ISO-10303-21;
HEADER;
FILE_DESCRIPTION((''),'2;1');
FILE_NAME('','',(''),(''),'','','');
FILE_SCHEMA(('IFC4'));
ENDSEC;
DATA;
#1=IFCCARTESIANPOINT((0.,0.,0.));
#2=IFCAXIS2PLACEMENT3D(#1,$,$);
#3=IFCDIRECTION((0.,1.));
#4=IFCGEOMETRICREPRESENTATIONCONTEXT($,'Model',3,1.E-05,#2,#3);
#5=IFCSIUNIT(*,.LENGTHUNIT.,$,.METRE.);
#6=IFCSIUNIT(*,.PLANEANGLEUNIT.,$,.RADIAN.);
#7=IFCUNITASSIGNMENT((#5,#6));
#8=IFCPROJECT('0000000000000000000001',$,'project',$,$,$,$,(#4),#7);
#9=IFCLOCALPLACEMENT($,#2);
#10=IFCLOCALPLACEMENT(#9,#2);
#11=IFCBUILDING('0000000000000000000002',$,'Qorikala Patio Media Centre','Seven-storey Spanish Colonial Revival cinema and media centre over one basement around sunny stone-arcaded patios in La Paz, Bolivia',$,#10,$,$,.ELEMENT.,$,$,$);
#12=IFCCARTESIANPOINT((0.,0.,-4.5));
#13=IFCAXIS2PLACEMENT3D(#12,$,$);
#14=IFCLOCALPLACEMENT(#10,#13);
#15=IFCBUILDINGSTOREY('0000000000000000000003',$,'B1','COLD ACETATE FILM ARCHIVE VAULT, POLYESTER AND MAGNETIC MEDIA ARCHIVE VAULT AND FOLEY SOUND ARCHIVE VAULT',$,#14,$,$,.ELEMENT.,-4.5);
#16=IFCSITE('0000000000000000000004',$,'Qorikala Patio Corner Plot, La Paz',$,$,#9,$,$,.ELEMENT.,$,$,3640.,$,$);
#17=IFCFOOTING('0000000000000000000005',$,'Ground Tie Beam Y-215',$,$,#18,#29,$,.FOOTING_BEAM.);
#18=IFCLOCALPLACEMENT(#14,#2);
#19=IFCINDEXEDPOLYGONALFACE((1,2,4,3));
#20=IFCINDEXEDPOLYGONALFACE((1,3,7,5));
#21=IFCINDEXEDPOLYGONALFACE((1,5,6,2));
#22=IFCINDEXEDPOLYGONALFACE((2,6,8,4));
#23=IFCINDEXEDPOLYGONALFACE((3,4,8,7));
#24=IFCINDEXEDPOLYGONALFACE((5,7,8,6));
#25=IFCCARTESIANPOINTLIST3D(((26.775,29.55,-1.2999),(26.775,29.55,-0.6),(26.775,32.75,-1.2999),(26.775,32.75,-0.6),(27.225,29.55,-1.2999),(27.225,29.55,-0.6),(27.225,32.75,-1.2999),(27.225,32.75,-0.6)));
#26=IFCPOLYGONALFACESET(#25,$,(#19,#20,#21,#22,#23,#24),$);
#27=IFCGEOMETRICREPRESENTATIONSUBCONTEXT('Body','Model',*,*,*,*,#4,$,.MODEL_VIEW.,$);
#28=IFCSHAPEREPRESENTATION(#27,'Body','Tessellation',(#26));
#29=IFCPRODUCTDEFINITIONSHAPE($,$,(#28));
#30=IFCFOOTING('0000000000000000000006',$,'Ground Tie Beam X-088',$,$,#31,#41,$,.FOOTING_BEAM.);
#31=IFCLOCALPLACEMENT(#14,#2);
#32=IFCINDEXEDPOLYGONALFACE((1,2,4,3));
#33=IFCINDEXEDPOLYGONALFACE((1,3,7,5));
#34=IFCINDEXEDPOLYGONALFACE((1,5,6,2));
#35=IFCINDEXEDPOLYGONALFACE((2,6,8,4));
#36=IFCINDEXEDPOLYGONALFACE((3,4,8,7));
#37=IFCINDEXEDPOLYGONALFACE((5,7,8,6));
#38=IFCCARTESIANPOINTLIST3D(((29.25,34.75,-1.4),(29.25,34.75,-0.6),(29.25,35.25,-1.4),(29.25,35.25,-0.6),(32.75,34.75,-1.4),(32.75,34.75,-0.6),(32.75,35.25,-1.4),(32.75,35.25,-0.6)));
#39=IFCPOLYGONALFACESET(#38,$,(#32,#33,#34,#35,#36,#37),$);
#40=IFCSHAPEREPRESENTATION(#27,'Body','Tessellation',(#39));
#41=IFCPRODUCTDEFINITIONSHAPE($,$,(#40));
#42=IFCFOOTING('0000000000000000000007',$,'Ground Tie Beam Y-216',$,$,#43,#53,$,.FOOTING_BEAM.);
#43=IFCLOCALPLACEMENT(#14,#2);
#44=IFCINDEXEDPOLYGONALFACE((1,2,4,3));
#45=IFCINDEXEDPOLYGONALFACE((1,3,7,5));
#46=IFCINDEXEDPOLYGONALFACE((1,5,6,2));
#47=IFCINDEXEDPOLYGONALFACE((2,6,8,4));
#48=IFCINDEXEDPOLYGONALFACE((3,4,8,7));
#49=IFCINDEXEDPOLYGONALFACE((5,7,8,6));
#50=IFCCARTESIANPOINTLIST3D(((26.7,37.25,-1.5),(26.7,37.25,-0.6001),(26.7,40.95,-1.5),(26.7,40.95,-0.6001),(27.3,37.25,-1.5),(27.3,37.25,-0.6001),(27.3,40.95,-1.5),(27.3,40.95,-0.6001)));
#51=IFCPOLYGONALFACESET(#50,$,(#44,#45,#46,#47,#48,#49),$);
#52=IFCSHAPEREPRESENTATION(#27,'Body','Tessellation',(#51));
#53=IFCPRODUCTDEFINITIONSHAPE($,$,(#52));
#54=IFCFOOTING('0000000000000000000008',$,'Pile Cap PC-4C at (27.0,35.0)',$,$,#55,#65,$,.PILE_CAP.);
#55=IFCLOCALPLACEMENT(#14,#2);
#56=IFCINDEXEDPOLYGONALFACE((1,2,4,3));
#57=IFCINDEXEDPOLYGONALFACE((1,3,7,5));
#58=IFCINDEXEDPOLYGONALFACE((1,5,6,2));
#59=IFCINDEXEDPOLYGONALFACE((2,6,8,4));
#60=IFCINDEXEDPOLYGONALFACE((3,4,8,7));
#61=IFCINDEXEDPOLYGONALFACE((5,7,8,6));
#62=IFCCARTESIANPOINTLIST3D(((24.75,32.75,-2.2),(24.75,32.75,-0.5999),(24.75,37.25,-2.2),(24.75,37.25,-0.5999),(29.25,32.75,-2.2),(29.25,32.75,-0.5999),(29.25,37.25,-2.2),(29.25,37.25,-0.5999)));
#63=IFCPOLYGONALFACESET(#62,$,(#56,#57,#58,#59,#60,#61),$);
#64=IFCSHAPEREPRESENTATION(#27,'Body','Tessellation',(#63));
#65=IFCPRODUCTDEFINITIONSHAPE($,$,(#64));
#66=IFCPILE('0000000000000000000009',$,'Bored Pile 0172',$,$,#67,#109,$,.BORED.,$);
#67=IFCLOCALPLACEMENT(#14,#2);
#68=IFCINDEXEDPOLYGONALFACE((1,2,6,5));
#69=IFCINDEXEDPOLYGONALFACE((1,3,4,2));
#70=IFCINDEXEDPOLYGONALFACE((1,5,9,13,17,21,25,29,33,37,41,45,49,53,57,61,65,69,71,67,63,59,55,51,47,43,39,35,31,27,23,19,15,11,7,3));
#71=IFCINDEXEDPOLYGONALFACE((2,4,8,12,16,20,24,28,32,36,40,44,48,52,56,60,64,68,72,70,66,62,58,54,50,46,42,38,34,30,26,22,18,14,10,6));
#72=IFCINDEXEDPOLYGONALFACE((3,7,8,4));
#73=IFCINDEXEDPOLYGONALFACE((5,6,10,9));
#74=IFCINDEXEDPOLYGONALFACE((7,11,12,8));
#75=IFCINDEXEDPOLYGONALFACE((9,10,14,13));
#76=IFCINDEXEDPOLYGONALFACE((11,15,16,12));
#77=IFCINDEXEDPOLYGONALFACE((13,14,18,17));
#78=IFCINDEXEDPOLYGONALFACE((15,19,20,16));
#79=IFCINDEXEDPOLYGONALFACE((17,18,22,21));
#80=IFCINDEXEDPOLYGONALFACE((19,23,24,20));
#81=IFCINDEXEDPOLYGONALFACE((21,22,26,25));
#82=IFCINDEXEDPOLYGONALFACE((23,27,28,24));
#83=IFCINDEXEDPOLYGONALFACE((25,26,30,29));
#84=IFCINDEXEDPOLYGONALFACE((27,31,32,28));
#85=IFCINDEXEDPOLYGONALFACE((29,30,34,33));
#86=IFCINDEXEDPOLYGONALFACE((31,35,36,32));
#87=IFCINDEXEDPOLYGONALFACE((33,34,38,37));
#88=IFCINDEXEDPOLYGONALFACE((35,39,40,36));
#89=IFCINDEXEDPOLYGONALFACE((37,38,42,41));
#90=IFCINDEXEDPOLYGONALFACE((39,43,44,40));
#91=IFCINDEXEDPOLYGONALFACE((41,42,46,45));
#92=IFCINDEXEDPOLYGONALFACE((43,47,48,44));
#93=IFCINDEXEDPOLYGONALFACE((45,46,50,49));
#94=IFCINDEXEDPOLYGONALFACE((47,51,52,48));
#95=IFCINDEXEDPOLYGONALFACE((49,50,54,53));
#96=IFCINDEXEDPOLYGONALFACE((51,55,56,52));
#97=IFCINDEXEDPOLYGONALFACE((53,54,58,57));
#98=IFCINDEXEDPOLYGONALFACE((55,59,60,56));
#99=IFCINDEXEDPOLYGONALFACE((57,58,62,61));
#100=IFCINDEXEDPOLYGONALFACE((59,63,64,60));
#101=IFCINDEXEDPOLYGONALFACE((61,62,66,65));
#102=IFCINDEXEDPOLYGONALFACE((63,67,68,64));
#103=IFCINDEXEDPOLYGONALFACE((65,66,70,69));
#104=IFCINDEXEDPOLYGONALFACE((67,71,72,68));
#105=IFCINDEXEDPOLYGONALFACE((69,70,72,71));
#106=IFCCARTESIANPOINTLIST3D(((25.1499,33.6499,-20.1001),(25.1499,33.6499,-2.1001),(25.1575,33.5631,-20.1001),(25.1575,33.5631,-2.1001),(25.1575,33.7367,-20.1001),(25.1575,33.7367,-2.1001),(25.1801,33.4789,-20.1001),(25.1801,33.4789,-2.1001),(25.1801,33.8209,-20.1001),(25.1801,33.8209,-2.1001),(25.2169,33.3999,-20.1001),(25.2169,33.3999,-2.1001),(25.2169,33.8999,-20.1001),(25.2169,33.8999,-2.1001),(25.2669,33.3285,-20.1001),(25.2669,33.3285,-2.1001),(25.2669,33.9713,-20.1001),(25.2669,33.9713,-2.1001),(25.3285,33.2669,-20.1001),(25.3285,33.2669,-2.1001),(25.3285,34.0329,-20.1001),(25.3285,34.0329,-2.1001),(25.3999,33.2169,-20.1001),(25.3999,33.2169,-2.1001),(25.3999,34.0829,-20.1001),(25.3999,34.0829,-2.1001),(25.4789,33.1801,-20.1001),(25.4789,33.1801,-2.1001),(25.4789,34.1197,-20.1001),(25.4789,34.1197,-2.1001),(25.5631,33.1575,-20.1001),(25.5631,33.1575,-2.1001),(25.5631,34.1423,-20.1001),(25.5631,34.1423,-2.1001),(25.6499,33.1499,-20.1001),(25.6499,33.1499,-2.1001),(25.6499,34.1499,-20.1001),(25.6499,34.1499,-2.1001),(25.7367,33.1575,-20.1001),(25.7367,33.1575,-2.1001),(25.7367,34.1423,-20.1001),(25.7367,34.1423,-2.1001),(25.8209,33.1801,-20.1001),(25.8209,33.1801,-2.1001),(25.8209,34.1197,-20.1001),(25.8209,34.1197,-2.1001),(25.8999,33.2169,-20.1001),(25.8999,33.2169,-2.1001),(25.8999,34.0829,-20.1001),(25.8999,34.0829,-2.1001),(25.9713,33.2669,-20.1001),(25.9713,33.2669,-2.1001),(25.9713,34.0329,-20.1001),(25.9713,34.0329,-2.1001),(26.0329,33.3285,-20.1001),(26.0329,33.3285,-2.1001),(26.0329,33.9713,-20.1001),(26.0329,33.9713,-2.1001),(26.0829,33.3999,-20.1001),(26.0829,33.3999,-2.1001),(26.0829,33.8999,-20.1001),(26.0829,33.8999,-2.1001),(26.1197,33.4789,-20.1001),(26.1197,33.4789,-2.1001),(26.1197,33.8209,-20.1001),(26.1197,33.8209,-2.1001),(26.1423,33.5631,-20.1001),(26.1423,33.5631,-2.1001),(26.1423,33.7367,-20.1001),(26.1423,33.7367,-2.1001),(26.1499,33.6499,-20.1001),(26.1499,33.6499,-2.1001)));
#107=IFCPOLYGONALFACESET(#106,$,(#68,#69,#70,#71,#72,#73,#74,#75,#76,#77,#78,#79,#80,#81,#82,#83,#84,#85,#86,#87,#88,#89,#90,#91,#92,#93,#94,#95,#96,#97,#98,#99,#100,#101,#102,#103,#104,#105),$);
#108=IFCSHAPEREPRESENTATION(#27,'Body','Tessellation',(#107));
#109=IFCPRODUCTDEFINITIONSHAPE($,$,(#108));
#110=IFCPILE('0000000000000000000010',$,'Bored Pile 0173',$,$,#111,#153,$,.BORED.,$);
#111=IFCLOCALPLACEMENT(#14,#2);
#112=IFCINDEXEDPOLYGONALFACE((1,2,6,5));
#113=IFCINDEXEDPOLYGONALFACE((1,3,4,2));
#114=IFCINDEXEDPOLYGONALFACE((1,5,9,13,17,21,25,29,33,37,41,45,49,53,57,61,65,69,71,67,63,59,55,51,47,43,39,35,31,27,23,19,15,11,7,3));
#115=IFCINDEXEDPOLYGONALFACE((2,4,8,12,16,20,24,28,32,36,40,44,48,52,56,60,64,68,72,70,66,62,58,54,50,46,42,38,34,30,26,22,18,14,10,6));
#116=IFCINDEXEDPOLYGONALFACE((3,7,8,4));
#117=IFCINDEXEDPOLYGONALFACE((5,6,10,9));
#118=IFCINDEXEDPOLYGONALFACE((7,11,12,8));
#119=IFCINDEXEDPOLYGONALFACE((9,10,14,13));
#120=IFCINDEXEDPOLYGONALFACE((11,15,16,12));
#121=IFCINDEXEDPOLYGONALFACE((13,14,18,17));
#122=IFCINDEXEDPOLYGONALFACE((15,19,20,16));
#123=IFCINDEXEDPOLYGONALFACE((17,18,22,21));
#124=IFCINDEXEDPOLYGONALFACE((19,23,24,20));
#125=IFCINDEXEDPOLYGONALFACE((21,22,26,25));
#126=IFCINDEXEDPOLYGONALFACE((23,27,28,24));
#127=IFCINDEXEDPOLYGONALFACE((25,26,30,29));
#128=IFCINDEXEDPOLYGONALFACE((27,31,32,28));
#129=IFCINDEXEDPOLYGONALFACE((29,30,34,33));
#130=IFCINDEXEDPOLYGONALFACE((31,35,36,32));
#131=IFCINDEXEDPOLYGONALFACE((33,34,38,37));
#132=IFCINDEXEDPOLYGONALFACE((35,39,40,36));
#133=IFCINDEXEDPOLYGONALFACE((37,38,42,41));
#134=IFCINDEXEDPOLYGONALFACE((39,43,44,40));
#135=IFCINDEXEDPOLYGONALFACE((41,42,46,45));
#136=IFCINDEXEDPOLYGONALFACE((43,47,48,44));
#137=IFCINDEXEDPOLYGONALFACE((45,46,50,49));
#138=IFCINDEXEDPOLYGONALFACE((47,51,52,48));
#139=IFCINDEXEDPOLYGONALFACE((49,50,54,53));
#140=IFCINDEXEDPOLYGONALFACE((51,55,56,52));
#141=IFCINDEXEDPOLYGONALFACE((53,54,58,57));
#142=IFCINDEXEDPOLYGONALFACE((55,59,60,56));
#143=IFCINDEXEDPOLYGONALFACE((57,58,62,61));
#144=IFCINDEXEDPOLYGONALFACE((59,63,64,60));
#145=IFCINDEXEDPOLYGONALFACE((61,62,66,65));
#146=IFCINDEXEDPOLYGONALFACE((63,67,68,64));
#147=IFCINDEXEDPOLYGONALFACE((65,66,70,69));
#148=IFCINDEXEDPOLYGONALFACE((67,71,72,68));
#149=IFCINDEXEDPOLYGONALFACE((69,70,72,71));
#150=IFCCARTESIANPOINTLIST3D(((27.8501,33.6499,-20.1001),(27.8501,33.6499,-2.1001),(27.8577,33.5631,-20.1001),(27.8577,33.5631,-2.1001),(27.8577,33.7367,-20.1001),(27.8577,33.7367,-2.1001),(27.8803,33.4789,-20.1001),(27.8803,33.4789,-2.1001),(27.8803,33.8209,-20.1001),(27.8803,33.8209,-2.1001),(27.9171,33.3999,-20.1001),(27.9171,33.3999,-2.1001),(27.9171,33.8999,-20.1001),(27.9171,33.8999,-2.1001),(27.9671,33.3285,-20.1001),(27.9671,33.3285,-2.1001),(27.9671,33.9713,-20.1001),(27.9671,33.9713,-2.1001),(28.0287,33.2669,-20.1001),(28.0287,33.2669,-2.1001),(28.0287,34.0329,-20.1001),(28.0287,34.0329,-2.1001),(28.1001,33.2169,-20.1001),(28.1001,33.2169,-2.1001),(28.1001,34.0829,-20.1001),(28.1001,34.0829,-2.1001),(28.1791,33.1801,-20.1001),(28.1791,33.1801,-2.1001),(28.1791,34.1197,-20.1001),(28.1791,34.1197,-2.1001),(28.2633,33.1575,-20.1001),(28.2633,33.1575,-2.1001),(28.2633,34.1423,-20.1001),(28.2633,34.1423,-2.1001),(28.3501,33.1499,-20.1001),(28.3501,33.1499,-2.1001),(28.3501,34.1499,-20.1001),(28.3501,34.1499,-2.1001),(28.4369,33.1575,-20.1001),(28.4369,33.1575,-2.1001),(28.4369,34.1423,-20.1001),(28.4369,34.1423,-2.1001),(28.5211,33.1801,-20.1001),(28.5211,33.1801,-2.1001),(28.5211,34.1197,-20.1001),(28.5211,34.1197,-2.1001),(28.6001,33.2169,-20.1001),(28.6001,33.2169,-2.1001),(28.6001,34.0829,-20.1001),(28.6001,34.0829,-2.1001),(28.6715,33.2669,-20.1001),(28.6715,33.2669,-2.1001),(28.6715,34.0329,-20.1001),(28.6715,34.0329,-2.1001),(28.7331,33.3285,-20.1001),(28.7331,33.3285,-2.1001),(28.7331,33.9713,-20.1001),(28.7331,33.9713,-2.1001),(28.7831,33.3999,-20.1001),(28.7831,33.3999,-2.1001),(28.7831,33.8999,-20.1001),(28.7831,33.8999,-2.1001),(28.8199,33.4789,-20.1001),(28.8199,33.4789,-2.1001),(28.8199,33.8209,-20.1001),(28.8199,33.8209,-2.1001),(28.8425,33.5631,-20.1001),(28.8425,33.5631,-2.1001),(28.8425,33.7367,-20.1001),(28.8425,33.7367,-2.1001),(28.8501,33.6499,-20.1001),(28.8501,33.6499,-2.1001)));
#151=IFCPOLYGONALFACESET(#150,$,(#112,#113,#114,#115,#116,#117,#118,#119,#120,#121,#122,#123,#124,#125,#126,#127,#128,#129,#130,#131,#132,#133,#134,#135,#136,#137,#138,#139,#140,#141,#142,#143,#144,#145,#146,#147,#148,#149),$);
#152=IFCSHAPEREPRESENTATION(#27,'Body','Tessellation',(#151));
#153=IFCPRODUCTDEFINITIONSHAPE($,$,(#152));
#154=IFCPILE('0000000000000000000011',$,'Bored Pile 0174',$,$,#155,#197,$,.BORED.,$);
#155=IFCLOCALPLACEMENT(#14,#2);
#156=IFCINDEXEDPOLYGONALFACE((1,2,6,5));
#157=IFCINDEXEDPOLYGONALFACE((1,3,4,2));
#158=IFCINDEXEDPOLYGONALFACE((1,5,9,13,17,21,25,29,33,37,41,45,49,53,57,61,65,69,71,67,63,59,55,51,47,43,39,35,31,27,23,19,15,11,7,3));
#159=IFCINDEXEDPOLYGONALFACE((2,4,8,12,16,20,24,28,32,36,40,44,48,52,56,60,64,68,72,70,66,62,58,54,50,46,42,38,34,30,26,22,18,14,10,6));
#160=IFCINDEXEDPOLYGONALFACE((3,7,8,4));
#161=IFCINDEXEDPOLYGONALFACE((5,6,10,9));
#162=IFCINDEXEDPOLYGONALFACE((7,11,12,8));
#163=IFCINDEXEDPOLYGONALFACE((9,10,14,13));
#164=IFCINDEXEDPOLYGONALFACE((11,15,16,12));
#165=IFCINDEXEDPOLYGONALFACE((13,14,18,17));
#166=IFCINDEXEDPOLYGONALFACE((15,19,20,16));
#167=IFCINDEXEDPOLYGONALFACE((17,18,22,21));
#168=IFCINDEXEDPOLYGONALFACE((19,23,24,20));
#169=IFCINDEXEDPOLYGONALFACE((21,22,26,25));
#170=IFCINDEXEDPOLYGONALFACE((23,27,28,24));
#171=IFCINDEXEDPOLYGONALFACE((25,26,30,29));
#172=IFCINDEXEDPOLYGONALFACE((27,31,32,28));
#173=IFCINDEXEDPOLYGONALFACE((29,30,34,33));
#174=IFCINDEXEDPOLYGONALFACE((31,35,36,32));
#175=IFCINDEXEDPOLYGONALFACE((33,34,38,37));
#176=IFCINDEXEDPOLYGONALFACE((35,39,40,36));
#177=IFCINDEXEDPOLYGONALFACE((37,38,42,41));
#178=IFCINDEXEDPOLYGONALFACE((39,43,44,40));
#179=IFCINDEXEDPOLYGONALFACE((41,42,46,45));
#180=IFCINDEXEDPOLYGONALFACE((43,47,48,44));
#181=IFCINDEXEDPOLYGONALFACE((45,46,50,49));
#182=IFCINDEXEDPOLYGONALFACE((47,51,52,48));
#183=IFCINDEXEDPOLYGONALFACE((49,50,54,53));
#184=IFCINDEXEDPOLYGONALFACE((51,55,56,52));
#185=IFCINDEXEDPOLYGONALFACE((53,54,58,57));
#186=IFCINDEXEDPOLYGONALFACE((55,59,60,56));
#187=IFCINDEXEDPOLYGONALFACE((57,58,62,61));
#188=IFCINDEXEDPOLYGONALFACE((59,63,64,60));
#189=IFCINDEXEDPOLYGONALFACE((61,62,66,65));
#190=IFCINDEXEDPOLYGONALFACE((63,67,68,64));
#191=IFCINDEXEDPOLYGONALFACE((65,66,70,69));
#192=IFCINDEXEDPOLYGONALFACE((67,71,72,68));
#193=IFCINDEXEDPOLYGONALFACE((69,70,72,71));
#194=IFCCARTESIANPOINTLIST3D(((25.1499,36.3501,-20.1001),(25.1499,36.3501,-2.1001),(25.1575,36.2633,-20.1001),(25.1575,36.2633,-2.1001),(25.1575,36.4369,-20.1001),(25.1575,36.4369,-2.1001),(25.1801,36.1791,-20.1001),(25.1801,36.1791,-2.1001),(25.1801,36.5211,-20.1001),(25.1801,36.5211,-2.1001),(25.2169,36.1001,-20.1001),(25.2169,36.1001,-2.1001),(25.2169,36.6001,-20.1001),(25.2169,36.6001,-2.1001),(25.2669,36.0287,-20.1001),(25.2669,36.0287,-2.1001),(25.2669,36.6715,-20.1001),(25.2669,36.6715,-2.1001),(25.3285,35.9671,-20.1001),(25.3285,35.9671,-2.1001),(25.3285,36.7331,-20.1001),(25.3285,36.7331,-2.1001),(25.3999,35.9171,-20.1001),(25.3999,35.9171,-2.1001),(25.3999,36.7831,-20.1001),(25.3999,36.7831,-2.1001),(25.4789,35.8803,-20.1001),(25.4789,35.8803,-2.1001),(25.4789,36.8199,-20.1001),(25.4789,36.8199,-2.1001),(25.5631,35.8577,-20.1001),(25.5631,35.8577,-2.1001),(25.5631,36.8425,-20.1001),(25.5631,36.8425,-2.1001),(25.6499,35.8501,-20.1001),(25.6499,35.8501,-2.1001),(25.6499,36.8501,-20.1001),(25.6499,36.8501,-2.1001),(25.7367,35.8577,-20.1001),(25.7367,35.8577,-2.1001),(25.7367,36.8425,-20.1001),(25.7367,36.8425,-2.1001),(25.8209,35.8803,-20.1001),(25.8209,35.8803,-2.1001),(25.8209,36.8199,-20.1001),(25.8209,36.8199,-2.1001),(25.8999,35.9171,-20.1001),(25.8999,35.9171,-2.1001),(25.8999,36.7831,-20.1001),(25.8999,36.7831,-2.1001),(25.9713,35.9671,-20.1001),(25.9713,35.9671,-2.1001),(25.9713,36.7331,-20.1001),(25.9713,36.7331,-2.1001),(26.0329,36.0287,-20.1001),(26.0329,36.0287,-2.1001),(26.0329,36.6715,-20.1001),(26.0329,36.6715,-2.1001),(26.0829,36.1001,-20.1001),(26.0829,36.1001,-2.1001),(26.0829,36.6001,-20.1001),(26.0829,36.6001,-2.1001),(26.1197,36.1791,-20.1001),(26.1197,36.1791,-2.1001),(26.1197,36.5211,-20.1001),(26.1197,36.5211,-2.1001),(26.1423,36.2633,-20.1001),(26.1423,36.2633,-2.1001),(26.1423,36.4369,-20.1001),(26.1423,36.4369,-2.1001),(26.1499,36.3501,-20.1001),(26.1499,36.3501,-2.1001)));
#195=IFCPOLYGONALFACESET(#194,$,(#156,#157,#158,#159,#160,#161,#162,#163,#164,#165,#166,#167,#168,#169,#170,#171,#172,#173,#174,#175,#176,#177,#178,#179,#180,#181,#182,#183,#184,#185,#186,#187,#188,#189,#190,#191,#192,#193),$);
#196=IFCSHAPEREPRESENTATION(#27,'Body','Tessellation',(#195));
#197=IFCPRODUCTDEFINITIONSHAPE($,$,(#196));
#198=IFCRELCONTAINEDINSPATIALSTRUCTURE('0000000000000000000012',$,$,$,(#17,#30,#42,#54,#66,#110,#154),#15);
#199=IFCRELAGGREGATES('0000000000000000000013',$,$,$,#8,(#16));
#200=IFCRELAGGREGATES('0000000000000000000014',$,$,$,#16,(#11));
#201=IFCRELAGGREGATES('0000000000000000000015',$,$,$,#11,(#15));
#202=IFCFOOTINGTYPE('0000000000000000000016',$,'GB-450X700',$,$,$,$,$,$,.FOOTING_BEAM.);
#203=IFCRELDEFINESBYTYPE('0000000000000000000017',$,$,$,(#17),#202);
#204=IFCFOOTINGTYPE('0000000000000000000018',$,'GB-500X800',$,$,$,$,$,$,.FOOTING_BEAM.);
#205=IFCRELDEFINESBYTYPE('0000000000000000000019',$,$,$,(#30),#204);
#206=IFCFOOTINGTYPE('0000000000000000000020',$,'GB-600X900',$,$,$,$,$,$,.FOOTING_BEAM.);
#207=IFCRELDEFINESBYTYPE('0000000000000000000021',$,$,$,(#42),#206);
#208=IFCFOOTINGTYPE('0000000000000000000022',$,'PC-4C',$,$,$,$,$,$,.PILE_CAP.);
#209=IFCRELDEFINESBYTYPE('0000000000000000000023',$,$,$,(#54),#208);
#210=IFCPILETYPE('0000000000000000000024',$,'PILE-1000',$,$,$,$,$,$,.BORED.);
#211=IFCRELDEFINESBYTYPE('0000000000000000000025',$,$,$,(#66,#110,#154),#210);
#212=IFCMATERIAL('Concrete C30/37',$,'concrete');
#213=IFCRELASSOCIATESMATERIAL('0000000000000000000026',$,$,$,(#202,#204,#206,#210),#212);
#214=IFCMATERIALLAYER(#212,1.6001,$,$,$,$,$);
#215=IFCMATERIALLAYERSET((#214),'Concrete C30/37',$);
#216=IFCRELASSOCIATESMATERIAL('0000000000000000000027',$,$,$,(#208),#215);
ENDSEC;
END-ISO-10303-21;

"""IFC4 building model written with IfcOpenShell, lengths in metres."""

from ifc_helpers import new_model, si_unit, direction, frame, origin, origin_2d, place, context, subcontext, project, spatial, rectangle, circle, extrude, material, layer, layer_set, material_profile, profile_set, type_object, element, save


model = new_model("IFC4")

# Units and contexts
model_context = context("Model", 3, precision=1e-05, world=origin(), true_north=direction((0.0, 1.0)))
body_context = subcontext(model_context, "Body", "Model", "MODEL_VIEW")
ifc_project = project(units=[si_unit("LENGTHUNIT", "METRE"), si_unit("PLANEANGLEUNIT", "RADIAN")], contexts=[model_context])

# Site, building, storey
site_placement = place(None, origin())
site = spatial("IfcSite", under=ifc_project, at=site_placement, Name="Qorikala Patio Corner Plot, La Paz", CompositionType="ELEMENT", RefElevation=3640.0)
building_placement = place(site_placement, origin())
building = spatial("IfcBuilding", under=site, at=building_placement, Name="Qorikala Patio Media Centre", Description="Seven-storey Spanish Colonial Revival cinema and media centre over one basement around sunny stone-arcaded patios in La Paz, Bolivia", CompositionType="ELEMENT")
storey_placement = place(building_placement, frame((0.0, 0.0, -4.5)))
storey = spatial("IfcBuildingStorey", under=building, at=storey_placement, Name="B1", Description="COLD ACETATE FILM ARCHIVE VAULT, POLYESTER AND MAGNETIC MEDIA ARCHIVE VAULT AND FOLEY SOUND ARCHIVE VAULT", CompositionType="ELEMENT", Elevation=-4.5)

# Footings
ifc_material_1 = material(Name="Concrete C30/37", Category="concrete")
ifc_material_profile_1 = material_profile(ifc_material_1, rectangle(XDim=0.45, YDim=0.7, at=origin_2d()), Name="RC 450x700")
ifc_profile_set_1 = profile_set([ifc_material_profile_1], Name="Concrete C30/37")
footing_type_1 = type_object("IfcFootingType", Name="GB-450X700", PredefinedType="FOOTING_BEAM", material=ifc_profile_set_1)
footing_1_placement = place(storey_placement, frame((27.0, 29.55, -0.95), z_axis=(0.0, 1.0, 0.0), x_axis=(-1.0, 0.0, 0.0)))
element("IfcFooting", 1, at=footing_1_placement, inside=storey, type_object=footing_type_1, Name="Ground Tie Beam Y-215", PredefinedType="FOOTING_BEAM", context=body_context, shape_type="SweptSolid", body=[
    extrude(rectangle(XDim=0.45, YDim=0.7, at=origin_2d()), origin(), (0.0, 0.0, 1.0), 3.2),
])
ifc_material_profile_2 = material_profile(ifc_material_1, rectangle(XDim=0.5, YDim=0.8, at=origin_2d()), Name="RC 500x800")
ifc_profile_set_2 = profile_set([ifc_material_profile_2], Name="Concrete C30/37")
footing_type_2 = type_object("IfcFootingType", Name="GB-500X800", PredefinedType="FOOTING_BEAM", material=ifc_profile_set_2)
footing_2_placement = place(storey_placement, frame((29.25, 35.0, -1.0), z_axis=(1.0, 0.0, 0.0), x_axis=(0.0, 1.0, 0.0)))
element("IfcFooting", 2, at=footing_2_placement, inside=storey, type_object=footing_type_2, Name="Ground Tie Beam X-088", PredefinedType="FOOTING_BEAM", context=body_context, shape_type="SweptSolid", body=[
    extrude(rectangle(XDim=0.5, YDim=0.8, at=origin_2d()), origin(), (0.0, 0.0, 1.0), 3.5),
])
ifc_material_profile_3 = material_profile(ifc_material_1, rectangle(XDim=0.6001, YDim=0.8999, at=origin_2d()), Name="RC 600x900")
ifc_profile_set_3 = profile_set([ifc_material_profile_3], Name="Concrete C30/37")
footing_type_3 = type_object("IfcFootingType", Name="GB-600X900", PredefinedType="FOOTING_BEAM", material=ifc_profile_set_3)
footing_3_placement = place(storey_placement, frame((27.0, 37.25, -1.05), z_axis=(0.0, 1.0, 0.0), x_axis=(-1.0, 0.0, 0.0)))
element("IfcFooting", 3, at=footing_3_placement, inside=storey, type_object=footing_type_3, Name="Ground Tie Beam Y-216", PredefinedType="FOOTING_BEAM", context=body_context, shape_type="SweptSolid", body=[
    extrude(rectangle(XDim=0.6001, YDim=0.8999, at=origin_2d()), origin(), (0.0, 0.0, 1.0), 3.7),
])
ifc_layer_1 = layer(ifc_material_1, 1.6001)
ifc_layer_set_1 = layer_set([ifc_layer_1], Name="Concrete C30/37")
footing_type_4 = type_object("IfcFootingType", Name="PC-4C", PredefinedType="PILE_CAP", material=ifc_layer_set_1)
footing_4_placement = place(storey_placement, frame((27.0, 35.0, -2.2), z_axis=(0.0, 0.0, 1.0), x_axis=(1.0, 0.0, 0.0)))
element("IfcFooting", 4, at=footing_4_placement, inside=storey, type_object=footing_type_4, Name="Pile Cap PC-4C at (27.0,35.0)", PredefinedType="PILE_CAP", context=body_context, shape_type="SweptSolid", body=[
    extrude(rectangle(XDim=4.5, YDim=4.5, at=origin_2d()), origin(), (0.0, 0.0, 1.0), 1.6001),
])

# Piles
ifc_material_profile_4 = material_profile(ifc_material_1, circle(Radius=0.5, at=origin_2d()), Name="BORED PILE 1000")
ifc_profile_set_4 = profile_set([ifc_material_profile_4], Name="Concrete C30/37")
pile_type_1 = type_object("IfcPileType", Name="PILE-1000", PredefinedType="BORED", material=ifc_profile_set_4)
for number, where, z_axis, x_axis, name in (
    (5, (25.6499, 33.6499, -2.1001), (0.0, 0.0, -1.0), (1.0, 0.0, 0.0), "Bored Pile 0172"),
    (6, (28.3501, 33.6499, -2.1001), (0.0, 0.0, -1.0), (1.0, 0.0, 0.0), "Bored Pile 0173"),
    (7, (25.6499, 36.3501, -2.1001), (0.0, 0.0, -1.0), (1.0, 0.0, 0.0), "Bored Pile 0174"),
):
    element("IfcPile", number, at=place(storey_placement, frame(where, z_axis=z_axis, x_axis=x_axis)), inside=storey, type_object=pile_type_1, Name=name, PredefinedType="BORED", context=body_context, shape_type="SweptSolid", body=[
        extrude(circle(Radius=0.5, at=origin_2d()), origin(), (0.0, 0.0, 1.0), 18.0),
    ])

save(model, "model.ifc")
